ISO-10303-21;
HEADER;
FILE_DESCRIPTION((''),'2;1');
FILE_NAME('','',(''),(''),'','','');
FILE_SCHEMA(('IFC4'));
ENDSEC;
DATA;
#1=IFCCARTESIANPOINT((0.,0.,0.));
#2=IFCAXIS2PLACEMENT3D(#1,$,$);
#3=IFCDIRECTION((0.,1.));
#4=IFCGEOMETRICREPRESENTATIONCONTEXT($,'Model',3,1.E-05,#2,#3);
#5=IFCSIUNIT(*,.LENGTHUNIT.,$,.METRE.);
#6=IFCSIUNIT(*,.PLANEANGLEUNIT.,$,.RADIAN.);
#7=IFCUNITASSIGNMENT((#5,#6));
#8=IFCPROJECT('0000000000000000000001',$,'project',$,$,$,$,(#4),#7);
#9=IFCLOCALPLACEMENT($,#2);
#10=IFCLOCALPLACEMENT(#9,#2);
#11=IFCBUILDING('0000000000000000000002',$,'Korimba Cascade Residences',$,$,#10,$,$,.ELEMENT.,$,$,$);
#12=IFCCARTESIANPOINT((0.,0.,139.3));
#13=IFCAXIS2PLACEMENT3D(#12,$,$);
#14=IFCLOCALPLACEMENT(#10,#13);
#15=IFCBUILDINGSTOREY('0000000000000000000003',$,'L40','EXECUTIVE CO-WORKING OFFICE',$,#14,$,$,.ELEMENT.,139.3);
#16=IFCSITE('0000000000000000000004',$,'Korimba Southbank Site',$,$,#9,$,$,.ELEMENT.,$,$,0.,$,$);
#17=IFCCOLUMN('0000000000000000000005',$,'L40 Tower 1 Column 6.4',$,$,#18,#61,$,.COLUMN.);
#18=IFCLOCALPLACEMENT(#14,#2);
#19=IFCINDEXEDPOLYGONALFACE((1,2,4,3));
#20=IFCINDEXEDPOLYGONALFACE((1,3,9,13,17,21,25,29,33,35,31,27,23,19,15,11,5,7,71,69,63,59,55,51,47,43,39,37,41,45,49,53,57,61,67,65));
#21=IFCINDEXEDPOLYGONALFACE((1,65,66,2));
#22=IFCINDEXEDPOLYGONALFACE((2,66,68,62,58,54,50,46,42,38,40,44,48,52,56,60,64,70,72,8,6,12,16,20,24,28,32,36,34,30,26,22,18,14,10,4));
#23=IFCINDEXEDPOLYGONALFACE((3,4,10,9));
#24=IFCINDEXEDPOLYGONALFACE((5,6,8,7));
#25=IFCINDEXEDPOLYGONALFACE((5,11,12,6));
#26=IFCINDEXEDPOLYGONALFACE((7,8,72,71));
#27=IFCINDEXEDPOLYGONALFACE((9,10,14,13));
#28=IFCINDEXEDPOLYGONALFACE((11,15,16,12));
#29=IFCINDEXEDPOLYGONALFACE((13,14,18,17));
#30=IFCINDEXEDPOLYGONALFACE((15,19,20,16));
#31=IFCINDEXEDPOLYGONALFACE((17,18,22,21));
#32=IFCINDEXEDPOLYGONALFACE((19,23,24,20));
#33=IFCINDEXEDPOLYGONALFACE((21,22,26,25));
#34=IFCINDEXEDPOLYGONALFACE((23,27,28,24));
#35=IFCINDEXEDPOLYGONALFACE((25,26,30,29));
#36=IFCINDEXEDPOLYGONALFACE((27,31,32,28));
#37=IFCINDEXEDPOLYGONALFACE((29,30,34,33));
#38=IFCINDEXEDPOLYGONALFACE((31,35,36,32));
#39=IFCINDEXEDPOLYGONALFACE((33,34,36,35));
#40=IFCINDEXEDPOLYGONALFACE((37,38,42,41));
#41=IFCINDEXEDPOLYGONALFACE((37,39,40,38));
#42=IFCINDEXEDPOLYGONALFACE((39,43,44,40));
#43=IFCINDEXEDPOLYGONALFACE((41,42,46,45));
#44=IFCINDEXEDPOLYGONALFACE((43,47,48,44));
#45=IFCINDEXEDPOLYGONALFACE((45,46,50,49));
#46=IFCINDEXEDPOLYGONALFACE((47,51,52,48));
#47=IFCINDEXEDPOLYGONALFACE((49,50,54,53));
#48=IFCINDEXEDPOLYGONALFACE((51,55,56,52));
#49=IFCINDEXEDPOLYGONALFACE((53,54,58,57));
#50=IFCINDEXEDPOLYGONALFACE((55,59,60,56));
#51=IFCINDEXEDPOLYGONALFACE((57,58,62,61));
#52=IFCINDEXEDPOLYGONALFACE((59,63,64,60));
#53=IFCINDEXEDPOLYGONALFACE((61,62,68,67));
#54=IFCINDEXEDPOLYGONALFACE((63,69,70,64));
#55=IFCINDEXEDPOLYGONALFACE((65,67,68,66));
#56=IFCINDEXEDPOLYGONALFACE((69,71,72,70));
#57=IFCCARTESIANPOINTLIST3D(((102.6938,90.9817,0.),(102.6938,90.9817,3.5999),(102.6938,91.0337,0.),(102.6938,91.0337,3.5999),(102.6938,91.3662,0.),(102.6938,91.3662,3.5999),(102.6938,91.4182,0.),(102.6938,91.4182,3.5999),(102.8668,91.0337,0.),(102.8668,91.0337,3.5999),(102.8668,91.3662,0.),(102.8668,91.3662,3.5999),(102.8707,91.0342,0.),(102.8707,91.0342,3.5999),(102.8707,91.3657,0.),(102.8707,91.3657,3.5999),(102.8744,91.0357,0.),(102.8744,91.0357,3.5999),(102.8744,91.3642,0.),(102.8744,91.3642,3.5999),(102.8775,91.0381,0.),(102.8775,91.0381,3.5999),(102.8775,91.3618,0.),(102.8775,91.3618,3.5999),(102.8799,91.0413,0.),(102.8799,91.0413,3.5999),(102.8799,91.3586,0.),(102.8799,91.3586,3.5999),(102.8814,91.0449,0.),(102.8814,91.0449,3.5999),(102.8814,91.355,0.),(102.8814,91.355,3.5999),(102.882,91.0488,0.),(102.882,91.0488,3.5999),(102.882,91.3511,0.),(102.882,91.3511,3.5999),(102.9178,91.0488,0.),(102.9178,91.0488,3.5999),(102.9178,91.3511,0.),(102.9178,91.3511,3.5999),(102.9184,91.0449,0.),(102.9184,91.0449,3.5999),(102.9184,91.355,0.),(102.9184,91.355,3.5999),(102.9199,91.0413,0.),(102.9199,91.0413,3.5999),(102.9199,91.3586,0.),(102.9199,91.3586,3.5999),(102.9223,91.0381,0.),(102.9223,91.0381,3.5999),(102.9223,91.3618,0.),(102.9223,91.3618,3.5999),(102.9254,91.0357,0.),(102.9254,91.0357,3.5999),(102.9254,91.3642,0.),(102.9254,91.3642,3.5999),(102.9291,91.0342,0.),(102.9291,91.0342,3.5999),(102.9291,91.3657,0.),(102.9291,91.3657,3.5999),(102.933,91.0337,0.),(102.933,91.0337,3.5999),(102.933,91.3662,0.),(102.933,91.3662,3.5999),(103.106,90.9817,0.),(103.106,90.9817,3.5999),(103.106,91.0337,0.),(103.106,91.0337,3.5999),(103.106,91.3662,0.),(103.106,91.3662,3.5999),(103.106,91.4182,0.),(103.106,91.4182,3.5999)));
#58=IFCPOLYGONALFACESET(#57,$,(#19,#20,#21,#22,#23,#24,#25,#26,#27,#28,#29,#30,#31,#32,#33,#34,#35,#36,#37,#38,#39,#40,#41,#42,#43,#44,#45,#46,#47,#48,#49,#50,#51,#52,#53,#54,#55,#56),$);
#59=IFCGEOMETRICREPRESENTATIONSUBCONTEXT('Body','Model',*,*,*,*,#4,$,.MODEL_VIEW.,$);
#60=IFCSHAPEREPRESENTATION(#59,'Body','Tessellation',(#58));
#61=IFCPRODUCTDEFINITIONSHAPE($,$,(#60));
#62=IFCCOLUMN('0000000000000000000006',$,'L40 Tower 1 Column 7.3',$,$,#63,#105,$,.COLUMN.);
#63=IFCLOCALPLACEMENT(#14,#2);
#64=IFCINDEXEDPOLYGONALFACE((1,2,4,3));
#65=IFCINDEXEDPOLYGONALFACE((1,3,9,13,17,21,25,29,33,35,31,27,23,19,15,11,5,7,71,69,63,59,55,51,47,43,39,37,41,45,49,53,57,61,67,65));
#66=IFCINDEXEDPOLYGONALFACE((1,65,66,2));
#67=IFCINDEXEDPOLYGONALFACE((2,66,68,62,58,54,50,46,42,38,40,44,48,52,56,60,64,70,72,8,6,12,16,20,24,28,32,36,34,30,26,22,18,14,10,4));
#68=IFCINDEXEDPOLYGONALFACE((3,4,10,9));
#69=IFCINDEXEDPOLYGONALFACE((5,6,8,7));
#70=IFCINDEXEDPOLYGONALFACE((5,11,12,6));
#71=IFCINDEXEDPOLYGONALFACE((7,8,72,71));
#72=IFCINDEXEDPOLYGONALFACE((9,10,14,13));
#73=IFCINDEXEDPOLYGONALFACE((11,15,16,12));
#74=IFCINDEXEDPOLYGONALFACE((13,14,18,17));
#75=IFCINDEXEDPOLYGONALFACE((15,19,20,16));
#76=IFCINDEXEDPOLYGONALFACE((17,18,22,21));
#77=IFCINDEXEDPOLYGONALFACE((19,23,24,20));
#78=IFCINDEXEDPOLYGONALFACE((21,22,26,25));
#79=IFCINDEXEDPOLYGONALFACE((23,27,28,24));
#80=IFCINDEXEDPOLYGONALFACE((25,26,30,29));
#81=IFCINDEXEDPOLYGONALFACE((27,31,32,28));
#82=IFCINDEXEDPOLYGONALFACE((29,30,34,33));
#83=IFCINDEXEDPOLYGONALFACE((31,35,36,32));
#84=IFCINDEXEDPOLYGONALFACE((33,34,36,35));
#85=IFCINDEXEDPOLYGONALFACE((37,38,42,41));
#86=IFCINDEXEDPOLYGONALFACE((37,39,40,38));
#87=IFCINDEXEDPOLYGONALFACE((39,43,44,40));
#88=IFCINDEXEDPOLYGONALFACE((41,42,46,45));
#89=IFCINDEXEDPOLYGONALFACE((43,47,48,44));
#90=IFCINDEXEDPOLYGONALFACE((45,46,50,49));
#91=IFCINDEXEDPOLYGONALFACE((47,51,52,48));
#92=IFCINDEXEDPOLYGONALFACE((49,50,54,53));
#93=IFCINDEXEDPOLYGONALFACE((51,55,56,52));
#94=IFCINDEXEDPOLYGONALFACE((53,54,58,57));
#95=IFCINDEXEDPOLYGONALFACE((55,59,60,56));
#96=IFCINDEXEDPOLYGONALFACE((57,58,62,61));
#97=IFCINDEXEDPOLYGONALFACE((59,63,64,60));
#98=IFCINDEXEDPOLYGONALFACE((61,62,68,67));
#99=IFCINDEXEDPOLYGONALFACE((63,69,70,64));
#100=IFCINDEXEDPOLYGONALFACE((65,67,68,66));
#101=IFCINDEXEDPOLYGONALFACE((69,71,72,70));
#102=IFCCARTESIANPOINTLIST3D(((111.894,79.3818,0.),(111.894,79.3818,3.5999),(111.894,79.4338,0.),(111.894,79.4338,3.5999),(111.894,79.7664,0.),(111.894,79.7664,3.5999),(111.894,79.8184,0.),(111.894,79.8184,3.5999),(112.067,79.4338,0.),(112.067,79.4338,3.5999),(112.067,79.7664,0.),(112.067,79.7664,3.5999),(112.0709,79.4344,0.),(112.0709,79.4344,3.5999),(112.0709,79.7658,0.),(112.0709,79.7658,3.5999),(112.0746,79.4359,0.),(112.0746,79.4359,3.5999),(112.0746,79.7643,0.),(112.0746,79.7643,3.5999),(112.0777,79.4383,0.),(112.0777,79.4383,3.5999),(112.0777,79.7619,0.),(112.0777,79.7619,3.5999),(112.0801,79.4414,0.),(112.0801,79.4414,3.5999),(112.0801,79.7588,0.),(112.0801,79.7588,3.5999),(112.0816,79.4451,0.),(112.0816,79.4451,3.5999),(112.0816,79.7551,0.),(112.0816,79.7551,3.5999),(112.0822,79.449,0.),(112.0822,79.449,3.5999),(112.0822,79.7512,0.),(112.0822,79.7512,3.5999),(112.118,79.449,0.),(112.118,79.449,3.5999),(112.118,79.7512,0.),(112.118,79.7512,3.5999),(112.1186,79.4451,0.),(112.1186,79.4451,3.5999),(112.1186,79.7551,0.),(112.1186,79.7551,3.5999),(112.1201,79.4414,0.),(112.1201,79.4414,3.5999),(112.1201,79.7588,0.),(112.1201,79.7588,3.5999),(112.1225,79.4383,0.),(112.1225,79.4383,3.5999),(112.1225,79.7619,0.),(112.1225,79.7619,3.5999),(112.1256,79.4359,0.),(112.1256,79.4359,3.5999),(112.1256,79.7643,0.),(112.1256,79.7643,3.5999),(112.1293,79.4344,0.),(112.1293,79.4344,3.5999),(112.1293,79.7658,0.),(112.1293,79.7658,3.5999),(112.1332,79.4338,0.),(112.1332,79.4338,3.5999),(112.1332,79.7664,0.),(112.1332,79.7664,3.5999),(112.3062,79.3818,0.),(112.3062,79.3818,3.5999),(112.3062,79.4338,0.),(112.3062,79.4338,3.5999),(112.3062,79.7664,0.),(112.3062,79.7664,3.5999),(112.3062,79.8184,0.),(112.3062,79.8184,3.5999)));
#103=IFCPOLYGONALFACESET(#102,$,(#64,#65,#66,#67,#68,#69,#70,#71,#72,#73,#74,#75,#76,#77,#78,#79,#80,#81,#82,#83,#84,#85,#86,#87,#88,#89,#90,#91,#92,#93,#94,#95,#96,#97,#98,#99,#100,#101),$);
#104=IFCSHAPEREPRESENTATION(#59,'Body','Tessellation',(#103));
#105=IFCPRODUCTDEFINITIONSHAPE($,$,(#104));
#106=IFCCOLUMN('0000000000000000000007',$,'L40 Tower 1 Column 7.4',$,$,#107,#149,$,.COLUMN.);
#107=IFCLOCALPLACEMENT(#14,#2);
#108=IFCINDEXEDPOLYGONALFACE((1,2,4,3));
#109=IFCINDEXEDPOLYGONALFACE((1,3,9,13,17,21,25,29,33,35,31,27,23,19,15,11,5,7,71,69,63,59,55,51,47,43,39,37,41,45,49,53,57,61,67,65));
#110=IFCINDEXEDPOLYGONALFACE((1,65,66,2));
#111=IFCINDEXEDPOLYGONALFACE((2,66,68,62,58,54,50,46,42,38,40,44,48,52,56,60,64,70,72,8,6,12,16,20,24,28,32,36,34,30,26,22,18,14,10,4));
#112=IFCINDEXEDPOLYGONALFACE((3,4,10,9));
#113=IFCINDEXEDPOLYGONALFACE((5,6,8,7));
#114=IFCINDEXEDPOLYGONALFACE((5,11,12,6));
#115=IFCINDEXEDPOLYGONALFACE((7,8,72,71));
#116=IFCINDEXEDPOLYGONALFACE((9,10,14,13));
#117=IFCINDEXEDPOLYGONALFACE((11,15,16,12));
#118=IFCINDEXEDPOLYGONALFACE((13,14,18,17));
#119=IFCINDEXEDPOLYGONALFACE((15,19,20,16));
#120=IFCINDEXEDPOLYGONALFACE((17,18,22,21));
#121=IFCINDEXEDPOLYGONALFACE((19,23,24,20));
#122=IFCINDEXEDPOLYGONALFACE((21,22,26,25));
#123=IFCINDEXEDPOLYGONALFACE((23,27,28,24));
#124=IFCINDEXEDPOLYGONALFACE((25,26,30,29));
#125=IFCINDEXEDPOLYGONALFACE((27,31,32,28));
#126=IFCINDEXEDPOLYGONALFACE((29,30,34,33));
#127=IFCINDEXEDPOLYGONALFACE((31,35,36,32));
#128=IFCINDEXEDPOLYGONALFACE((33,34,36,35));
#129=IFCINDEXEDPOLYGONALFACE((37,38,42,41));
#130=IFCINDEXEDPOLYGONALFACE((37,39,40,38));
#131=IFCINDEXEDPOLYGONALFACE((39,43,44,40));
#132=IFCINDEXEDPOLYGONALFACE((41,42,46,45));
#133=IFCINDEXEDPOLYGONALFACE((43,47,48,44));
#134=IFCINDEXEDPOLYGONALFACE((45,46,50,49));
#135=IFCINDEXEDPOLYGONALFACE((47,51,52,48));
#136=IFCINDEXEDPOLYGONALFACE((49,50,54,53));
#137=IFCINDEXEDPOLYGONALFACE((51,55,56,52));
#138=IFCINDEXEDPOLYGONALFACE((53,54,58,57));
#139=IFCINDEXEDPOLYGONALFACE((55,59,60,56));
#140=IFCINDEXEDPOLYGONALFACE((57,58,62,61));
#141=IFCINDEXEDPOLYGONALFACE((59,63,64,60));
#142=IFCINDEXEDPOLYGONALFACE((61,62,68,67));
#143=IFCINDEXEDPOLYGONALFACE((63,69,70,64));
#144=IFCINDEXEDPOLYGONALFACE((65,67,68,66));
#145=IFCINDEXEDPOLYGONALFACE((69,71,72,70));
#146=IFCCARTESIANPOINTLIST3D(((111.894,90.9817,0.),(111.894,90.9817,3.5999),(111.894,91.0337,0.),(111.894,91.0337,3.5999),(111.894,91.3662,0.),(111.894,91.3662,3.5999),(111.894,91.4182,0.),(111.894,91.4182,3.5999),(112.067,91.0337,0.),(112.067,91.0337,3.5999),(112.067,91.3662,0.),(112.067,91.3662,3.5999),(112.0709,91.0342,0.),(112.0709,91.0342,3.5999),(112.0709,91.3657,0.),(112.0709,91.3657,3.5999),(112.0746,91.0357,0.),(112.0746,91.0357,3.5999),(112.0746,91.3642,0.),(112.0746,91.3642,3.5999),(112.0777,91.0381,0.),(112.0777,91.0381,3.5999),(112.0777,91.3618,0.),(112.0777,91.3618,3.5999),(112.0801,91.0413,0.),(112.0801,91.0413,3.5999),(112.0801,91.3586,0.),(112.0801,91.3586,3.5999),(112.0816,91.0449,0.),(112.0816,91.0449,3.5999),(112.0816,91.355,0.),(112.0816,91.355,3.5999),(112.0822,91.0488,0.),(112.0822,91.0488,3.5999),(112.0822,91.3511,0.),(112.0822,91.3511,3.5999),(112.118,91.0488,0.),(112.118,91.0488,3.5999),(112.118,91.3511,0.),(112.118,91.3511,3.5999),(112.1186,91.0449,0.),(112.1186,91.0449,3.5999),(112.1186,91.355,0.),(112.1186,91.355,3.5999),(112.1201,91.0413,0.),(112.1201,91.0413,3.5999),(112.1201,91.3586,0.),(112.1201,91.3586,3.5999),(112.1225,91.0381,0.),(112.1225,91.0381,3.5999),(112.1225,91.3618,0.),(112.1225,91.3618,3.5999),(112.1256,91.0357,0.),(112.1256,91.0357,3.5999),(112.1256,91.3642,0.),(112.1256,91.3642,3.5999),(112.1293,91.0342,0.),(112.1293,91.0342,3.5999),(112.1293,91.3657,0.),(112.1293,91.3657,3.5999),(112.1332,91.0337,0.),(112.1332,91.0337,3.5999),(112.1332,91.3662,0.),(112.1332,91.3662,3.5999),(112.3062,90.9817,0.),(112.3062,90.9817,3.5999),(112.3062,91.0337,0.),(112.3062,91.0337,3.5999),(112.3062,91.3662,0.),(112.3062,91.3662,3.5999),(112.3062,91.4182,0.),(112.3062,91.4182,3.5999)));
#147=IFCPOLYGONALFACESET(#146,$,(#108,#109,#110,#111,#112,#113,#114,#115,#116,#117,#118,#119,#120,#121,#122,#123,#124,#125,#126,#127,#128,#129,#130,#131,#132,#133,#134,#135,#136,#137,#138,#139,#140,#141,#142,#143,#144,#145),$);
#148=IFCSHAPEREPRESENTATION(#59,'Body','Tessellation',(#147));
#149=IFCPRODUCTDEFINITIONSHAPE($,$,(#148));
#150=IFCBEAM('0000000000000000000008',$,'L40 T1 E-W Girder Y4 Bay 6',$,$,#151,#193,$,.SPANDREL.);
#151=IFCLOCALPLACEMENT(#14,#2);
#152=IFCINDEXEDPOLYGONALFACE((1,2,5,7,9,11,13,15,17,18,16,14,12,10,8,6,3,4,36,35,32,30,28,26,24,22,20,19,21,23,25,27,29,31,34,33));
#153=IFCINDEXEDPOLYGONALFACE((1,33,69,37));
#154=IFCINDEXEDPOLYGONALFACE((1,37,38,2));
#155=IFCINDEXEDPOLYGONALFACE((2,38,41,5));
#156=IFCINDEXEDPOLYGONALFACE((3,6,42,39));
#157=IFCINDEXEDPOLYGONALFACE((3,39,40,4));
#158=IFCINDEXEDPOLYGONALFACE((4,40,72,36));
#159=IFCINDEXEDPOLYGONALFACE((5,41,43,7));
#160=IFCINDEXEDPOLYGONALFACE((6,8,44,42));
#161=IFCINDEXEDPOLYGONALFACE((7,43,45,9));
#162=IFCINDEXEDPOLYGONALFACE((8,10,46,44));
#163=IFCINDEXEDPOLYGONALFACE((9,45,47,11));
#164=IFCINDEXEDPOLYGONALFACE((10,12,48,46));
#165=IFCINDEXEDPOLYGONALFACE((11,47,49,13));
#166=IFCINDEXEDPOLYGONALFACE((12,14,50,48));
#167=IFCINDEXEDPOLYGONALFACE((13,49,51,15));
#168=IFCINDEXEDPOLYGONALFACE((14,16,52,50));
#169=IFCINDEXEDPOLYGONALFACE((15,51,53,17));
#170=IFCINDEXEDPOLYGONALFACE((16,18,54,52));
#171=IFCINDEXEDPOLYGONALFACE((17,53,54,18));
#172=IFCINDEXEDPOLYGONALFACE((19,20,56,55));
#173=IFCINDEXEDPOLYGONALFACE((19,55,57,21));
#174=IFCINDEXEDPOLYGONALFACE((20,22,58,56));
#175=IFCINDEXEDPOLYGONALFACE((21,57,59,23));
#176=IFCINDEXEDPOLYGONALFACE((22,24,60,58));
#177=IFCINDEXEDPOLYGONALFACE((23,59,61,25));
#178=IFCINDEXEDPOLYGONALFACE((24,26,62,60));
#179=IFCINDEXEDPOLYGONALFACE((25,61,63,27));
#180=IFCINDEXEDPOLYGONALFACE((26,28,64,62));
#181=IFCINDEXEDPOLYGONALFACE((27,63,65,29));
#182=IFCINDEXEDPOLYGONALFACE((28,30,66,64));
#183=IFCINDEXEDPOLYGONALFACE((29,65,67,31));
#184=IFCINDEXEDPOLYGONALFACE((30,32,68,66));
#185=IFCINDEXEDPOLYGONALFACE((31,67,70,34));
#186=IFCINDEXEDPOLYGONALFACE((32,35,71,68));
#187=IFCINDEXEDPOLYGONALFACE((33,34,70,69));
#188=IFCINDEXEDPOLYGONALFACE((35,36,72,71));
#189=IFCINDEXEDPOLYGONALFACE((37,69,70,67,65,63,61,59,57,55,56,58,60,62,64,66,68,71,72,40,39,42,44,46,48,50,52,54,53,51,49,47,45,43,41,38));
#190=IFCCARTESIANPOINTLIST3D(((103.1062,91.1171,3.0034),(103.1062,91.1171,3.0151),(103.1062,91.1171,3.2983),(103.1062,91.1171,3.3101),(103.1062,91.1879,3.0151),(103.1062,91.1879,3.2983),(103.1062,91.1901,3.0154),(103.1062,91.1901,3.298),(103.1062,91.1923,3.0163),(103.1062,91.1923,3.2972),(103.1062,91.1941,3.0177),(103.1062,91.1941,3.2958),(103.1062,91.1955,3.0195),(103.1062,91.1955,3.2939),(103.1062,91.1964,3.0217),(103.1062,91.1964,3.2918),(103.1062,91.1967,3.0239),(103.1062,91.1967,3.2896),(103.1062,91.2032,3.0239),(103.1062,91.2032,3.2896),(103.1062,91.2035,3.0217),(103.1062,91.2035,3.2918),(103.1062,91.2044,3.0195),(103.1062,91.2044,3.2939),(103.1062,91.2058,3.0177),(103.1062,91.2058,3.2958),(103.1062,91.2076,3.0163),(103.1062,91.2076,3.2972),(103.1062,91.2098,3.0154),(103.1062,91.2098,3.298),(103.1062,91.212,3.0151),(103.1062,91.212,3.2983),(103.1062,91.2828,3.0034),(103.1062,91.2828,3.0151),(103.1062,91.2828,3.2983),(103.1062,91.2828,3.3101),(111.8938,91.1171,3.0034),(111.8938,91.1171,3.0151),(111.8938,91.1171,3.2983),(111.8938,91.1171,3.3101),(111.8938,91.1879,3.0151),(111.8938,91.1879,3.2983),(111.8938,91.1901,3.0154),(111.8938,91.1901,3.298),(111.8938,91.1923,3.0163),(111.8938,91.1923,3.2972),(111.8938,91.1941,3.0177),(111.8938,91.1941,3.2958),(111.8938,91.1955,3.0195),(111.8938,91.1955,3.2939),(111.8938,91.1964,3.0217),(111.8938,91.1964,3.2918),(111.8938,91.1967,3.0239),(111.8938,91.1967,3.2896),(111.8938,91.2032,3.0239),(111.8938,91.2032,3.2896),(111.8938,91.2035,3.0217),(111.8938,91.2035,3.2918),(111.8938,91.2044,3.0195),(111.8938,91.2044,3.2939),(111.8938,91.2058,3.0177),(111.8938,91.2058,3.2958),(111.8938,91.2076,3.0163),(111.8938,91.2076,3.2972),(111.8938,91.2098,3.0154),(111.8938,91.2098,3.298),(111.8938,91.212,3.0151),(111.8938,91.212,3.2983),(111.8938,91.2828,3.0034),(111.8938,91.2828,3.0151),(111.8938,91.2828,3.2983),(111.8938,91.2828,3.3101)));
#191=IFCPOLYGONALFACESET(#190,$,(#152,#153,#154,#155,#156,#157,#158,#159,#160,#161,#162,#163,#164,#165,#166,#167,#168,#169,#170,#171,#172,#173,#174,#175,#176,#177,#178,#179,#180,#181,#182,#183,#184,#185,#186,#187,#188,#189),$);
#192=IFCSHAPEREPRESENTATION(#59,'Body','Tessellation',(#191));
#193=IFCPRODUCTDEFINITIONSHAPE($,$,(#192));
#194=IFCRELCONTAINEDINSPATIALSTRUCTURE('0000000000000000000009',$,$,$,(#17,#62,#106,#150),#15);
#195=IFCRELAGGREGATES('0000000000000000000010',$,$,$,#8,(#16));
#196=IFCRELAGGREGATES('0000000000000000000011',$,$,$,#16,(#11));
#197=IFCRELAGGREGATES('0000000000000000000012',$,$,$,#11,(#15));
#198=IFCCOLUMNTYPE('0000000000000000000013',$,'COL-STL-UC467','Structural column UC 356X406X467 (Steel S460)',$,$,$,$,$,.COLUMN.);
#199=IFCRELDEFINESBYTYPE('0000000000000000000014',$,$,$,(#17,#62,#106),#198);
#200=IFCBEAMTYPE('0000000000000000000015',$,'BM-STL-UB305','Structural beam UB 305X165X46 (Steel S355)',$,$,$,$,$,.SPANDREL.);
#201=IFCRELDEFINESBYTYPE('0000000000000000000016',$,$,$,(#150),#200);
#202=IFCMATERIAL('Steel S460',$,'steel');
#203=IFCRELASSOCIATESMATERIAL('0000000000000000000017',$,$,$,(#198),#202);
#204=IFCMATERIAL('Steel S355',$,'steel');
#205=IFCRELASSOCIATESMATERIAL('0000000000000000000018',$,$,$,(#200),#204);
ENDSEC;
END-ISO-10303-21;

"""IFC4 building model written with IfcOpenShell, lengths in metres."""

from ifc_helpers import new_model, si_unit, direction, frame, origin, origin_2d, place, context, subcontext, project, spatial, i_section, extrude, material, material_profile, profile_set, type_object, element, save


model = new_model("IFC4")

# Units and contexts
model_context = context("Model", 3, precision=1e-05, world=origin(), true_north=direction((0.0, 1.0)))
body_context = subcontext(model_context, "Body", "Model", "MODEL_VIEW")
ifc_project = project(units=[si_unit("LENGTHUNIT", "METRE"), si_unit("PLANEANGLEUNIT", "RADIAN")], contexts=[model_context])

# Site, building, storey
site_placement = place(None, origin())
site = spatial("IfcSite", under=ifc_project, at=site_placement, Name="Korimba Southbank Site", CompositionType="ELEMENT", RefElevation=0.0)
building_placement = place(site_placement, origin())
building = spatial("IfcBuilding", under=site, at=building_placement, Name="Korimba Cascade Residences", CompositionType="ELEMENT")
storey_placement = place(building_placement, frame((0.0, 0.0, 139.3)))
storey = spatial("IfcBuildingStorey", under=building, at=storey_placement, Name="L40", Description="EXECUTIVE CO-WORKING OFFICE", CompositionType="ELEMENT", Elevation=139.3)

# Columns
ifc_material_1 = material(Name="Steel S460", Category="steel")
ifc_material_profile_1 = material_profile(ifc_material_1, i_section(OverallWidth=0.4121, OverallDepth=0.4365, WebThickness=0.0359, FlangeThickness=0.052, FilletRadius=0.0151, at=origin_2d()), Name="Steel S460")
ifc_profile_set_1 = profile_set([ifc_material_profile_1], Name="Steel S460")
column_type = type_object("IfcColumnType", Name="COL-STL-UC467", Description="Structural column UC 356X406X467 (Steel S460)", PredefinedType="COLUMN", material=ifc_profile_set_1)
for number, where, z_axis, x_axis, name in (
    (1, (102.8999, 91.2, 0.0), (0.0, 0.0, 1.0), (1.0, 0.0, 0.0), "L40 Tower 1 Column 6.4"),
    (2, (112.1001, 79.6001, 0.0), (0.0, 0.0, 1.0), (1.0, 0.0, 0.0), "L40 Tower 1 Column 7.3"),
    (3, (112.1001, 91.2, 0.0), (0.0, 0.0, 1.0), (1.0, 0.0, 0.0), "L40 Tower 1 Column 7.4"),
):
    element("IfcColumn", number, at=place(storey_placement, frame(where, z_axis=z_axis, x_axis=x_axis)), inside=storey, type_object=column_type, Name=name, PredefinedType="COLUMN", context=body_context, shape_type="SweptSolid", body=[
        extrude(i_section(OverallWidth=0.4121, OverallDepth=0.4365, WebThickness=0.0359, FlangeThickness=0.052, FilletRadius=0.0151, at=origin_2d()), origin(), (0.0, 0.0, 1.0), 3.5999),
    ])

# Beam
ifc_material_2 = material(Name="Steel S355", Category="steel")
ifc_material_profile_2 = material_profile(ifc_material_2, i_section(OverallWidth=0.1658, OverallDepth=0.3066, WebThickness=0.0066, FlangeThickness=0.0117, FilletRadius=0.0088, at=origin_2d()), Name="Steel S355")
ifc_profile_set_2 = profile_set([ifc_material_profile_2], Name="Steel S355")
beam_type_1 = type_object("IfcBeamType", Name="BM-STL-UB305", Description="Structural beam UB 305X165X46 (Steel S355)", PredefinedType="SPANDREL", material=ifc_profile_set_2)
beam_1_placement = place(storey_placement, frame((103.1062, 91.2, 3.1567), z_axis=(1.0, 0.0, 0.0), x_axis=(0.0, 1.0, 0.0)))
element("IfcBeam", 4, at=beam_1_placement, inside=storey, type_object=beam_type_1, Name="L40 T1 E-W Girder Y4 Bay 6", PredefinedType="SPANDREL", context=body_context, shape_type="SweptSolid", body=[
    extrude(i_section(OverallWidth=0.1658, OverallDepth=0.3066, WebThickness=0.0066, FlangeThickness=0.0117, FilletRadius=0.0088, at=origin_2d()), origin(), (0.0, 0.0, 1.0), 8.7876),
])

save(model, "model.ifc")
